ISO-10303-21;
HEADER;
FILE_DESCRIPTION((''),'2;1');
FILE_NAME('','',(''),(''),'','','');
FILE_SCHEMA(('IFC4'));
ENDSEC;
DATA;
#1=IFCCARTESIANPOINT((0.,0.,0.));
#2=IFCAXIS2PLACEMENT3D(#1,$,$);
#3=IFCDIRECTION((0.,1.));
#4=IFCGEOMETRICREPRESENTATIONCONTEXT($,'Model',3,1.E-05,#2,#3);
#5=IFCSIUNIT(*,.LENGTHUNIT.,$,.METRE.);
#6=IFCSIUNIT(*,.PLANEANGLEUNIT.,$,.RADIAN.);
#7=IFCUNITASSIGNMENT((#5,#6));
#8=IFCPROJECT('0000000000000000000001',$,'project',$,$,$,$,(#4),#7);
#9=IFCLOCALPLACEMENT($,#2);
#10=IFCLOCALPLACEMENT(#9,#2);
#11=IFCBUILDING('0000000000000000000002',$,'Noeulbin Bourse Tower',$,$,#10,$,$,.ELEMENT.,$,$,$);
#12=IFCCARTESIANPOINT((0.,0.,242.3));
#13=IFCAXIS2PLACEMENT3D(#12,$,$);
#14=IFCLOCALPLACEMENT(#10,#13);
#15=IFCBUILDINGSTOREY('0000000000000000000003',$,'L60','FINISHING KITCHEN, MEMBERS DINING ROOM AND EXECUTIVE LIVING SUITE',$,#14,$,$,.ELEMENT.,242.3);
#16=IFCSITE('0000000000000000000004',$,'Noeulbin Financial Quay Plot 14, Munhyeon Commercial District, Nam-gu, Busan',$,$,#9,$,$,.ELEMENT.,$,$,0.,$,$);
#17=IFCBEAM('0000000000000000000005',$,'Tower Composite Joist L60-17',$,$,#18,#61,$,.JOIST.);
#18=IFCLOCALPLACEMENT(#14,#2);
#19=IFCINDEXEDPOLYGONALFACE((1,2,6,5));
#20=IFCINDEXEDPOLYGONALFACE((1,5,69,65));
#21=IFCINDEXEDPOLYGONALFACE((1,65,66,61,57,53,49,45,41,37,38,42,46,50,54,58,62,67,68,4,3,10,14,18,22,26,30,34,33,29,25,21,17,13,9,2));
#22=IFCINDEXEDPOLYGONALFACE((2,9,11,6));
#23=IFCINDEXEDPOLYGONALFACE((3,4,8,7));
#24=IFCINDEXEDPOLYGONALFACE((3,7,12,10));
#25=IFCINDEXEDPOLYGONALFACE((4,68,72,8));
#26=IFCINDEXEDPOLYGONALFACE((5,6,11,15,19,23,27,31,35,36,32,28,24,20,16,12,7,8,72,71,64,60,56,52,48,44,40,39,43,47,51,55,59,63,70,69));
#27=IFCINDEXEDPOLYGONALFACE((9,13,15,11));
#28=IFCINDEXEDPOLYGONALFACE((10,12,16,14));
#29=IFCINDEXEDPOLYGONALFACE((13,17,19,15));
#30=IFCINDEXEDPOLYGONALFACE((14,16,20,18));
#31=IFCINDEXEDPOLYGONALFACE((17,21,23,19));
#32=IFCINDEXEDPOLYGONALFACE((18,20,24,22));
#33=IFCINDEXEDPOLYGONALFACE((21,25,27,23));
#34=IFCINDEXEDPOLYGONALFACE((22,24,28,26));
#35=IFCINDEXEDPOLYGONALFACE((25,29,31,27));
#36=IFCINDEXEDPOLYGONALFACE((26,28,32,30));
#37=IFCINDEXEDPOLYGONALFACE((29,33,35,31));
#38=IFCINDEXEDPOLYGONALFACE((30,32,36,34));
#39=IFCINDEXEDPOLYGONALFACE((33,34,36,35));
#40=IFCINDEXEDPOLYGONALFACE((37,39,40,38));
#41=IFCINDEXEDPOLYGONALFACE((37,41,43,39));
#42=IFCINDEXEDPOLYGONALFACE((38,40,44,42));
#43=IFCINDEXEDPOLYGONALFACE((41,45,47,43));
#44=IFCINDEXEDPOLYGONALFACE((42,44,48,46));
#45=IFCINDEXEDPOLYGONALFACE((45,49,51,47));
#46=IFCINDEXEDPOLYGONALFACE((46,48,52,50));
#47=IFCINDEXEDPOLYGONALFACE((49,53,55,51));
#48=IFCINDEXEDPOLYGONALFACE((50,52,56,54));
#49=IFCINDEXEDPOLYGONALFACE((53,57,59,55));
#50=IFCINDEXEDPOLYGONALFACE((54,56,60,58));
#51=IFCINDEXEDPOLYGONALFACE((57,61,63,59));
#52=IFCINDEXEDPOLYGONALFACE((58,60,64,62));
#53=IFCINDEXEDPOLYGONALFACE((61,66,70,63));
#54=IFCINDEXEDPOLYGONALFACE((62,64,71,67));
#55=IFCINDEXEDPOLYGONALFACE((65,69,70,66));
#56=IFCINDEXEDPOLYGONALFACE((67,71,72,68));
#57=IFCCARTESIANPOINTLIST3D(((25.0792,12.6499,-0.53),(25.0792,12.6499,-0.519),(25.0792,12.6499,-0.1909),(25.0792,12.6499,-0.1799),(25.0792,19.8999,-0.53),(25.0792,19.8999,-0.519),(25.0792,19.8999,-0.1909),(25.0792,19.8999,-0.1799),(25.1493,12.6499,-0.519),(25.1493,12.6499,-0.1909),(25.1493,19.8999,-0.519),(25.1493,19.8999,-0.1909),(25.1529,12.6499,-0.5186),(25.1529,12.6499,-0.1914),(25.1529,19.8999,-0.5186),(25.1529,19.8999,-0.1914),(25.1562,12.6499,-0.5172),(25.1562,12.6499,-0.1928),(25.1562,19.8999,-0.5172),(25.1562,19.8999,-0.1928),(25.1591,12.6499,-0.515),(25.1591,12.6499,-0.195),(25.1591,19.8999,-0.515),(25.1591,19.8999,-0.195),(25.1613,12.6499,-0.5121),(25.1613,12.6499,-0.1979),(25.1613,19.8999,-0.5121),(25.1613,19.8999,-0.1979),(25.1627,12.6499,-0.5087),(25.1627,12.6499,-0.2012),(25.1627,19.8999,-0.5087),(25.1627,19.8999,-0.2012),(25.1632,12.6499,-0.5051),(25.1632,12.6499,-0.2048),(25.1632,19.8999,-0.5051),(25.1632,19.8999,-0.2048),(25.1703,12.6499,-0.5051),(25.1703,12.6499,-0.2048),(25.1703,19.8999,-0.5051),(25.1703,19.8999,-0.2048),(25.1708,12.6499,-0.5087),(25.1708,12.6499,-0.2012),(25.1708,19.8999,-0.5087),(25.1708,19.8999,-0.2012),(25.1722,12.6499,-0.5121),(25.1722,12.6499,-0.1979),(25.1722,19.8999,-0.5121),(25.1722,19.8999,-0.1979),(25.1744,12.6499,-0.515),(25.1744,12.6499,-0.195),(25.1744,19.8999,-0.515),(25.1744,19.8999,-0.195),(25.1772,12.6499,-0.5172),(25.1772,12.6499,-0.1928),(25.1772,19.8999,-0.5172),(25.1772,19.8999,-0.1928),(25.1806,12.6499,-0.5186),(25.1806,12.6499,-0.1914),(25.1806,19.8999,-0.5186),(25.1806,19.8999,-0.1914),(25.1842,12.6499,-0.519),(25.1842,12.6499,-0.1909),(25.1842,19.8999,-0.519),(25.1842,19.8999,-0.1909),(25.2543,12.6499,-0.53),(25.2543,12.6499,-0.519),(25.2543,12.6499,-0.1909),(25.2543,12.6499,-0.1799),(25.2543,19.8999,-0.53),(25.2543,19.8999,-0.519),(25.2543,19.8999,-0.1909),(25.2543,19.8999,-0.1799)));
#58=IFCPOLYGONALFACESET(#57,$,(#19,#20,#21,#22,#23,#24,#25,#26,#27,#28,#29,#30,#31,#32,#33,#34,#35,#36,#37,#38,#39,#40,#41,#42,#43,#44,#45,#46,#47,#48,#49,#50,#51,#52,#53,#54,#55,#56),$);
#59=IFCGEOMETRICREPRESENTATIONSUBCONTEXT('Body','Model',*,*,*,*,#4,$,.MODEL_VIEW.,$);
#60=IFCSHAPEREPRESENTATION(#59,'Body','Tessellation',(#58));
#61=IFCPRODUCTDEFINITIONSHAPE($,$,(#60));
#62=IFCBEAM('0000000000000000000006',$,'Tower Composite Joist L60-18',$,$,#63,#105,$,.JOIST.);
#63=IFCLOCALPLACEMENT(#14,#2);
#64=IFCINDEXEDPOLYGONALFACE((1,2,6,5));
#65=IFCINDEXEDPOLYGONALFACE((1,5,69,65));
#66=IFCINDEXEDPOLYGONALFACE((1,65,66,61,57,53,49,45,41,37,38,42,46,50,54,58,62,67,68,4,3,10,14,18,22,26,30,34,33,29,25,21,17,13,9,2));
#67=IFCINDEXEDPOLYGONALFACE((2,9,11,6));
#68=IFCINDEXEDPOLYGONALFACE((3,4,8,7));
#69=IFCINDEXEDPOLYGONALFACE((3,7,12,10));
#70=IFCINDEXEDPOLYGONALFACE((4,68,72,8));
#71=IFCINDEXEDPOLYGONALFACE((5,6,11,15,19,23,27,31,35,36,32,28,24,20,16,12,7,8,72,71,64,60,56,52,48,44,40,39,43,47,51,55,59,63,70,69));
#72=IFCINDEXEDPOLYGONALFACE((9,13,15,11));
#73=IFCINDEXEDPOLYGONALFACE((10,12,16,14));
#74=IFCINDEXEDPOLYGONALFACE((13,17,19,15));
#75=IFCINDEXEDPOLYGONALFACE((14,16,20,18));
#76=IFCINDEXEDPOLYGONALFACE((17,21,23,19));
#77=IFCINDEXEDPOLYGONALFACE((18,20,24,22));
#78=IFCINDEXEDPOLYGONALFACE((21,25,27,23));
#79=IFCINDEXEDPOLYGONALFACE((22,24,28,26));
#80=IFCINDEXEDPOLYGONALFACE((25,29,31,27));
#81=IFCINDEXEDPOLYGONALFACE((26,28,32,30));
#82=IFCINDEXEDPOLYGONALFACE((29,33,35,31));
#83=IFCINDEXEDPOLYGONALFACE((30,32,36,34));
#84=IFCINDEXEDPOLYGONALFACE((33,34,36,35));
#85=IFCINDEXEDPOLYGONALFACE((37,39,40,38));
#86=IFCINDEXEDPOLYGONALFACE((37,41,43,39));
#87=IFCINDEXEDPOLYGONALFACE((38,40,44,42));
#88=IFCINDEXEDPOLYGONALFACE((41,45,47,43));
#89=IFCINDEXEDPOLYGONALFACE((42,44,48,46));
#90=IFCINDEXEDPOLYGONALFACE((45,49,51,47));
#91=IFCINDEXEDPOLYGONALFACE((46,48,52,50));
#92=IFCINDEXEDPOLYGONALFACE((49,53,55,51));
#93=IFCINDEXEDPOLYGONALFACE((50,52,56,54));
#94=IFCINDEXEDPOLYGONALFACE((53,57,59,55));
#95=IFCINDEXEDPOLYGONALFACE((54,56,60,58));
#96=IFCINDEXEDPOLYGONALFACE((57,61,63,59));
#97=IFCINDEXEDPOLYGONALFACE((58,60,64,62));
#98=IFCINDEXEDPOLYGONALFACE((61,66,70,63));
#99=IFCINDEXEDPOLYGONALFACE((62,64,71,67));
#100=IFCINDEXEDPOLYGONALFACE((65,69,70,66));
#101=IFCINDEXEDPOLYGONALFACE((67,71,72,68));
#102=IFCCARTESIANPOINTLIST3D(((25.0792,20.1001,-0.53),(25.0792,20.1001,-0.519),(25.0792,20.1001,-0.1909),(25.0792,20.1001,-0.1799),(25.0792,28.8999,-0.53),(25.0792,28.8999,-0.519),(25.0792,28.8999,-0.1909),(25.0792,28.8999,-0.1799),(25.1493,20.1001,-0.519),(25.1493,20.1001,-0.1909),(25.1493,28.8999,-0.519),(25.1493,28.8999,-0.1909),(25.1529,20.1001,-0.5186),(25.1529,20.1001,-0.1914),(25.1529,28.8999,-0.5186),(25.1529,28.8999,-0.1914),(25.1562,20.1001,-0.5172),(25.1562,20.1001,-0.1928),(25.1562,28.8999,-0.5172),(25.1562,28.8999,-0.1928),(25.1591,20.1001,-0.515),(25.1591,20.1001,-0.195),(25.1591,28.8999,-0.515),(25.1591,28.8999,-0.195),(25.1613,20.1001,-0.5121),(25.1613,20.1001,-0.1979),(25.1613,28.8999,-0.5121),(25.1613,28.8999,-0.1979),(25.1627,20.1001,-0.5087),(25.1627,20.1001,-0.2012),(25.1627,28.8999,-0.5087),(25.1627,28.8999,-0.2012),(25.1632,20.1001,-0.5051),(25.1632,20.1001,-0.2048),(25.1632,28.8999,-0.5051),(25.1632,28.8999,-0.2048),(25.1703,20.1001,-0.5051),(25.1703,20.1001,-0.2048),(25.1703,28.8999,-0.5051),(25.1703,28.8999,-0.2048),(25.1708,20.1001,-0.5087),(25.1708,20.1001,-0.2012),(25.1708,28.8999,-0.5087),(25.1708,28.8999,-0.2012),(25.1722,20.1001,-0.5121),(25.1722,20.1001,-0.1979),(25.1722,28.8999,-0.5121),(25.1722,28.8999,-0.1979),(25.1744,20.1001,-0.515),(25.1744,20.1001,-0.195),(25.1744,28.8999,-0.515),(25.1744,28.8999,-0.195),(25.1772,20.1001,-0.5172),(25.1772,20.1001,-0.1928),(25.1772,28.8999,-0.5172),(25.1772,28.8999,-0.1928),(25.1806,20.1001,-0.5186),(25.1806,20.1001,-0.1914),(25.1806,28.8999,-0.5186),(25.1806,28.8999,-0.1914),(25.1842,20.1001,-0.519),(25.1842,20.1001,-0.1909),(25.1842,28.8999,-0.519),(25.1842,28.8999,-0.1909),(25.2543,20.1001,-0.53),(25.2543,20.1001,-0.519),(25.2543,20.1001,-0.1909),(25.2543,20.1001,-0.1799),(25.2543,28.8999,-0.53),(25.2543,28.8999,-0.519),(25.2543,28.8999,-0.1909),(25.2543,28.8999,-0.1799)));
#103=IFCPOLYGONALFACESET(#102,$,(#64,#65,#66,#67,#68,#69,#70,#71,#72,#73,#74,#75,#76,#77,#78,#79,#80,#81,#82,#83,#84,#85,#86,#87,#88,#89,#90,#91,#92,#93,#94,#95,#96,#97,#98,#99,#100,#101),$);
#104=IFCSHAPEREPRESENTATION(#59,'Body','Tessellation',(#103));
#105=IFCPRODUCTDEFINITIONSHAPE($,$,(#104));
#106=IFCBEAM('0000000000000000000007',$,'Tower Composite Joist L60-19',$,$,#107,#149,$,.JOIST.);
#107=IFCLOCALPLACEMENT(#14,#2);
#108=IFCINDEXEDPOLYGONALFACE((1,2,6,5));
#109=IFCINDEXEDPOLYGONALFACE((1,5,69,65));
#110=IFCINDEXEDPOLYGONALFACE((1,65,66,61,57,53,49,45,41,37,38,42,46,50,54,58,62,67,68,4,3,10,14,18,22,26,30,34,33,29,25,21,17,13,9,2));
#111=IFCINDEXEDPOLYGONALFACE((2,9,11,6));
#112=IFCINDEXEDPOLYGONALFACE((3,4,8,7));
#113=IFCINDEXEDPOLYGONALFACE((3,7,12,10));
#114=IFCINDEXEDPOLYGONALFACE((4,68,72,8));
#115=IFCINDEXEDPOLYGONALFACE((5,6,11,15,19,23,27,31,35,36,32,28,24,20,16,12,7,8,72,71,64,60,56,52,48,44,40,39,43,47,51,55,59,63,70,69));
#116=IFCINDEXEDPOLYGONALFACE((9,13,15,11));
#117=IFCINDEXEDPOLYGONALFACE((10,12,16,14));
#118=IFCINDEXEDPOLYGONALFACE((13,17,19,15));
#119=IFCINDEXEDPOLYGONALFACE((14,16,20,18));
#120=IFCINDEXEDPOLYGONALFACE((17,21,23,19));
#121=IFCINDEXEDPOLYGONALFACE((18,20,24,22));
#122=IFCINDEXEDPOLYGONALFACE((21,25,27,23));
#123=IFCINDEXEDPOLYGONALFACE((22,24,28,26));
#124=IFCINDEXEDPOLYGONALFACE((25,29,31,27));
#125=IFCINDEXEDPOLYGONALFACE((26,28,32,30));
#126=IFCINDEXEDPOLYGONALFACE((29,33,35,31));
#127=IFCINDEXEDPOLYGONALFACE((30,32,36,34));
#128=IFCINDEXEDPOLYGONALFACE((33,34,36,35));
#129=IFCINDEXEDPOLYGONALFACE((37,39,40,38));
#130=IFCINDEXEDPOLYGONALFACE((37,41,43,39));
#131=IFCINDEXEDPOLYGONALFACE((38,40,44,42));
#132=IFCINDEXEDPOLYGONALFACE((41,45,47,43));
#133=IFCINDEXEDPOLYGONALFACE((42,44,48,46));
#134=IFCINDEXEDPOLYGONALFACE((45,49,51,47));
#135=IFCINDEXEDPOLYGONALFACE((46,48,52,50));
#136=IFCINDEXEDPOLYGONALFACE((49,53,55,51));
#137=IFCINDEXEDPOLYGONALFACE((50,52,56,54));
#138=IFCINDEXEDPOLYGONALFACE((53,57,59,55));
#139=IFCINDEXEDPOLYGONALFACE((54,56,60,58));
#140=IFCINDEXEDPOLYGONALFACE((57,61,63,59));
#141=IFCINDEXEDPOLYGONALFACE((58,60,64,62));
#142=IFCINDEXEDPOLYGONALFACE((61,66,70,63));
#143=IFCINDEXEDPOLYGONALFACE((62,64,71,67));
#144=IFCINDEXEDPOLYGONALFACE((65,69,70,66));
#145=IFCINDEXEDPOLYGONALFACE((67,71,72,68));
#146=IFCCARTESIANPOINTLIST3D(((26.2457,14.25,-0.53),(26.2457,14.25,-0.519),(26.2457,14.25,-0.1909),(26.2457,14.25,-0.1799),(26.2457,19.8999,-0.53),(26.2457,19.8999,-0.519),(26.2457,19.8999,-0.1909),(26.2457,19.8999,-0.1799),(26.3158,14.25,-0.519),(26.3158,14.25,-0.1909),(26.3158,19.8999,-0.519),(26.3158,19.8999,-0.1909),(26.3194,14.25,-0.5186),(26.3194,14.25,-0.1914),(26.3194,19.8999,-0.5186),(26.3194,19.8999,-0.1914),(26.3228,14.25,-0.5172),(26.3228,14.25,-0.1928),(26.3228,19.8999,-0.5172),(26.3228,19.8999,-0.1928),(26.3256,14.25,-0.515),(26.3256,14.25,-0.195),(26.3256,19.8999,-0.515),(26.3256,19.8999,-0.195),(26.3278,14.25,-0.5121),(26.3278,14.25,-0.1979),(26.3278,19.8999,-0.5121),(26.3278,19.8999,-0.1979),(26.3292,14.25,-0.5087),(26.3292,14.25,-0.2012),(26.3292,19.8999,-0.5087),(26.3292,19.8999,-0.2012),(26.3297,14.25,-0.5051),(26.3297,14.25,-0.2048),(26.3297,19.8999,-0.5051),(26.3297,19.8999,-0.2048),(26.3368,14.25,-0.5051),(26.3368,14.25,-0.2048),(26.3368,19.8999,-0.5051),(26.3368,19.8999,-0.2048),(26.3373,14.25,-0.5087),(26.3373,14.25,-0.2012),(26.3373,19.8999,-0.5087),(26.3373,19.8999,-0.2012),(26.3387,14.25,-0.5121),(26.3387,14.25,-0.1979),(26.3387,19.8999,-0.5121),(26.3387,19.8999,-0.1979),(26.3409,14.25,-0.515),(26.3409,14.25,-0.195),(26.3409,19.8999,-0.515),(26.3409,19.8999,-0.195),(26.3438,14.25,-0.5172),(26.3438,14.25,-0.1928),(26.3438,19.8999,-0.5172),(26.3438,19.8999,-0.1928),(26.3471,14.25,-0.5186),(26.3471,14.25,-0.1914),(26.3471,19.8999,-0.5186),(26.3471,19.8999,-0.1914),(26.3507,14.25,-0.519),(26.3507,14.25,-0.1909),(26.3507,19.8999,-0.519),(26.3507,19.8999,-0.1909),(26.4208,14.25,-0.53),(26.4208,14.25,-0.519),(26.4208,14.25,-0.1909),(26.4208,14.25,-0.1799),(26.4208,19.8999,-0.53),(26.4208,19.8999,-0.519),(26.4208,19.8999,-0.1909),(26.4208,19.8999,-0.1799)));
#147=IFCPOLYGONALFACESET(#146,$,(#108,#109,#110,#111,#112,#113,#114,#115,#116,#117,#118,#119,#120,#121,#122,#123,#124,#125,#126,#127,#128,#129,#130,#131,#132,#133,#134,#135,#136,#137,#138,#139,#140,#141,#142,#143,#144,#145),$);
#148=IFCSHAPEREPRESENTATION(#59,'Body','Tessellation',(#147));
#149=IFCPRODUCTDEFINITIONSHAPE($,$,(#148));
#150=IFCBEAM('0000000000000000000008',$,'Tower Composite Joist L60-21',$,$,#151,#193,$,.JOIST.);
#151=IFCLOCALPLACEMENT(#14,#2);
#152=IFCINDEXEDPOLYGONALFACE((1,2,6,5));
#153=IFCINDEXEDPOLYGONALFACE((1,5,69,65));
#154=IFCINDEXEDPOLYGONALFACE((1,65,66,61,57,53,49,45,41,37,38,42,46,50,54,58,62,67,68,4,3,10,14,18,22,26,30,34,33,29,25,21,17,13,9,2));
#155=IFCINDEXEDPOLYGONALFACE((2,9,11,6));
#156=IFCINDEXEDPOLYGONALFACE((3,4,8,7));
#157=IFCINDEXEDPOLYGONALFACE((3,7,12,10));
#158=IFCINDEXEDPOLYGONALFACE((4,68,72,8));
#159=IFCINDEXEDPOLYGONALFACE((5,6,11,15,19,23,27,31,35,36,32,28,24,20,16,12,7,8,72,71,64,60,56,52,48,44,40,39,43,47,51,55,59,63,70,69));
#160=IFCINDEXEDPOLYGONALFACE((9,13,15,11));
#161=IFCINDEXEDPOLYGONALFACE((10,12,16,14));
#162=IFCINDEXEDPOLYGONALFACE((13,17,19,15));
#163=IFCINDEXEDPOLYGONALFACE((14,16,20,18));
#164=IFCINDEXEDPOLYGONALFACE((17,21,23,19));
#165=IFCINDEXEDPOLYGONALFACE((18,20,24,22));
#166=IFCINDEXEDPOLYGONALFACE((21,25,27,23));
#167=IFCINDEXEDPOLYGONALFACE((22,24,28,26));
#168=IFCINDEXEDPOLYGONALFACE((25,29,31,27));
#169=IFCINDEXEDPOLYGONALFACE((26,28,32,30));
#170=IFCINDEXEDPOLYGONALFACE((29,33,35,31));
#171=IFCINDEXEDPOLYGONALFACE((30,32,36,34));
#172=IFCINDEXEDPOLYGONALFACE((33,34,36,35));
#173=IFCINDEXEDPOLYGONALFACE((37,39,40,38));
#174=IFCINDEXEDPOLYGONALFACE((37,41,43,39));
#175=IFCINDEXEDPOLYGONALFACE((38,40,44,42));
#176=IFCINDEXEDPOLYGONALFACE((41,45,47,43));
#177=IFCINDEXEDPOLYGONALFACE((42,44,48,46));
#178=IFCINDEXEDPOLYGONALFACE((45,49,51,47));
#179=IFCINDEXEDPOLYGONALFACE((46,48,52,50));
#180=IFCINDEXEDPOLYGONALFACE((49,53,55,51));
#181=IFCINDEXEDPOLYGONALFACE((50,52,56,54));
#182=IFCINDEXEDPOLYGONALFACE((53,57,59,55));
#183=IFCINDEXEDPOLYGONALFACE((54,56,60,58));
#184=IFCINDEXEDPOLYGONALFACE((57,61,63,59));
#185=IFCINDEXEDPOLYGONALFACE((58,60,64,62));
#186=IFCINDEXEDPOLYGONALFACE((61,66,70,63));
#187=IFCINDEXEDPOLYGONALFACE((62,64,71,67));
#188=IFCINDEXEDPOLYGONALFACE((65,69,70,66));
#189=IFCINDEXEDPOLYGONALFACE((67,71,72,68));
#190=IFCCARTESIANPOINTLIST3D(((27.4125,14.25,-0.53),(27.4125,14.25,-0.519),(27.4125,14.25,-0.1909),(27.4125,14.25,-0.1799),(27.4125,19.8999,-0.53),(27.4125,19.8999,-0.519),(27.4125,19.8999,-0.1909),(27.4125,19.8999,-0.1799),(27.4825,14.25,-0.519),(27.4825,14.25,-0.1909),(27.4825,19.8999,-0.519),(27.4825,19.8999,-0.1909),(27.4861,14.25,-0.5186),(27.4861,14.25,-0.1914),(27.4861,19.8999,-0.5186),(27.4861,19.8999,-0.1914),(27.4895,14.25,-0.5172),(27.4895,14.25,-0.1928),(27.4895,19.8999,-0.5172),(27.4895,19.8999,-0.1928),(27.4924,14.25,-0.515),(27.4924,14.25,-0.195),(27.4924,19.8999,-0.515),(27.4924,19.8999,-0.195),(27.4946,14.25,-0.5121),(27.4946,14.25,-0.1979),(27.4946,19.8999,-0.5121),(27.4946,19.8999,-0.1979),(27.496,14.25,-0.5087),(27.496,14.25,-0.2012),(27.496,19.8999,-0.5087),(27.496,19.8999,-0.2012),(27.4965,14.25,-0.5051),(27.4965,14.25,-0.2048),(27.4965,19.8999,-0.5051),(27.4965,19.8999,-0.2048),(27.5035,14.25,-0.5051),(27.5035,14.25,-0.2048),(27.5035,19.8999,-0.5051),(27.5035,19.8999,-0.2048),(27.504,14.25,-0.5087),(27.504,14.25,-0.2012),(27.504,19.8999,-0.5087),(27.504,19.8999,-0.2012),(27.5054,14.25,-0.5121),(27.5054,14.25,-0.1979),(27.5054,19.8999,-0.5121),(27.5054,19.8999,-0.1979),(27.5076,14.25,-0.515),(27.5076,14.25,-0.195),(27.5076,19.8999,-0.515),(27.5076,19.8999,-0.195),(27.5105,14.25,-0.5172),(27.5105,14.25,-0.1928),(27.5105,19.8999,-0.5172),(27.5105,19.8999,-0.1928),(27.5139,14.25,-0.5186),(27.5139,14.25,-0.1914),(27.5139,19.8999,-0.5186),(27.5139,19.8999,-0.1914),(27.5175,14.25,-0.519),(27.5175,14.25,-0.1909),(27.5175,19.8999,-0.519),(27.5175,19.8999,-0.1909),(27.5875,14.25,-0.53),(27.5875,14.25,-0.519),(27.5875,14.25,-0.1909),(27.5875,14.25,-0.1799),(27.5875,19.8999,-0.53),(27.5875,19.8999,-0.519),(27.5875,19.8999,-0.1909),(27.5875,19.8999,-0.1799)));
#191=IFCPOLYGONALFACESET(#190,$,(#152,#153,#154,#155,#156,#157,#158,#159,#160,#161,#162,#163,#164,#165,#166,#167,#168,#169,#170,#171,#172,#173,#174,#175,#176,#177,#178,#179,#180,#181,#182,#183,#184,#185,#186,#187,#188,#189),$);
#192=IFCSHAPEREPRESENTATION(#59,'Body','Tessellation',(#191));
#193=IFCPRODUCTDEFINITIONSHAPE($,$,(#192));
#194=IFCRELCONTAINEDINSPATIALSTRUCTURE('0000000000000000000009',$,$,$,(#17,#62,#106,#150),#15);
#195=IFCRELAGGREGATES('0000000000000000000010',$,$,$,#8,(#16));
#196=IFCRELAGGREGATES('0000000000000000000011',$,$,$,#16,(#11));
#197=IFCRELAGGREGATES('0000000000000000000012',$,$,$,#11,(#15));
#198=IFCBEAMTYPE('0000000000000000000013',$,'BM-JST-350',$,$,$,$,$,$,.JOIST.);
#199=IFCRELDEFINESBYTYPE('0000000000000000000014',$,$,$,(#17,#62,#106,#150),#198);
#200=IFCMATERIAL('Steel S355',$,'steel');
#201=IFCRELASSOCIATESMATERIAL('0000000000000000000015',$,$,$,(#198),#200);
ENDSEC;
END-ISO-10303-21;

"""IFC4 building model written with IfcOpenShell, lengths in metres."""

from ifc_helpers import new_model, si_unit, direction, frame, origin, origin_2d, place, context, subcontext, project, spatial, i_section, extrude, material, material_profile, profile_set, type_object, element, save


model = new_model("IFC4")

# Units and contexts
model_context = context("Model", 3, precision=1e-05, world=origin(), true_north=direction((0.0, 1.0)))
body_context = subcontext(model_context, "Body", "Model", "MODEL_VIEW")
ifc_project = project(units=[si_unit("LENGTHUNIT", "METRE"), si_unit("PLANEANGLEUNIT", "RADIAN")], contexts=[model_context])

# Site, building, storey
site_placement = place(None, origin())
site = spatial("IfcSite", under=ifc_project, at=site_placement, Name="Noeulbin Financial Quay Plot 14, Munhyeon Commercial District, Nam-gu, Busan", CompositionType="ELEMENT", RefElevation=0.0)
building_placement = place(site_placement, origin())
building = spatial("IfcBuilding", under=site, at=building_placement, Name="Noeulbin Bourse Tower", CompositionType="ELEMENT")
storey_placement = place(building_placement, frame((0.0, 0.0, 242.3)))
storey = spatial("IfcBuildingStorey", under=building, at=storey_placement, Name="L60", Description="FINISHING KITCHEN, MEMBERS DINING ROOM AND EXECUTIVE LIVING SUITE", CompositionType="ELEMENT", Elevation=242.3)

# Shared definitions
ifc_material_1 = material(Name="Steel S355", Category="steel")

# Beams
ifc_material_profile_1 = material_profile(ifc_material_1, i_section(OverallWidth=0.175, OverallDepth=0.3501, WebThickness=0.0071, FlangeThickness=0.011, FilletRadius=0.0139, at=origin_2d()), Name="H-350x175x7x11", Category="LoadBearing")
ifc_profile_set_1 = profile_set([ifc_material_profile_1], Name="Steel S355")
beam_type_1 = type_object("IfcBeamType", Name="BM-JST-350", PredefinedType="JOIST", material=ifc_profile_set_1)
beam_1_placement = place(storey_placement, frame((25.1667, 12.6499, -0.355), z_axis=(0.0, 1.0, 0.0), x_axis=(-1.0, 0.0, 0.0)))
element("IfcBeam", 1, at=beam_1_placement, inside=storey, type_object=beam_type_1, Name="Tower Composite Joist L60-17", PredefinedType="JOIST", context=body_context, shape_type="SweptSolid", body=[
    extrude(i_section(OverallWidth=0.175, OverallDepth=0.3501, WebThickness=0.0071, FlangeThickness=0.011, FilletRadius=0.0139, at=origin_2d()), origin(), (0.0, 0.0, 1.0), 7.25),
])
beam_2_placement = place(storey_placement, frame((25.1667, 20.1001, -0.355), z_axis=(0.0, 1.0, 0.0), x_axis=(-1.0, 0.0, 0.0)))
element("IfcBeam", 2, at=beam_2_placement, inside=storey, type_object=beam_type_1, Name="Tower Composite Joist L60-18", PredefinedType="JOIST", context=body_context, shape_type="SweptSolid", body=[
    extrude(i_section(OverallWidth=0.175, OverallDepth=0.3501, WebThickness=0.0071, FlangeThickness=0.011, FilletRadius=0.0139, at=origin_2d()), origin(), (0.0, 0.0, 1.0), 8.7998),
])
for number, where, z_axis, x_axis, name in (
    (3, (26.3333, 14.25, -0.355), (0.0, 1.0, 0.0), (-1.0, 0.0, 0.0), "Tower Composite Joist L60-19"),
    (4, (27.5, 14.25, -0.355), (0.0, 1.0, 0.0), (-1.0, 0.0, 0.0), "Tower Composite Joist L60-21"),
):
    element("IfcBeam", number, at=place(storey_placement, frame(where, z_axis=z_axis, x_axis=x_axis)), inside=storey, type_object=beam_type_1, Name=name, PredefinedType="JOIST", context=body_context, shape_type="SweptSolid", body=[
        extrude(i_section(OverallWidth=0.175, OverallDepth=0.3501, WebThickness=0.0071, FlangeThickness=0.011, FilletRadius=0.0139, at=origin_2d()), origin(), (0.0, 0.0, 1.0), 5.6499),
    ])

save(model, "model.ifc")
